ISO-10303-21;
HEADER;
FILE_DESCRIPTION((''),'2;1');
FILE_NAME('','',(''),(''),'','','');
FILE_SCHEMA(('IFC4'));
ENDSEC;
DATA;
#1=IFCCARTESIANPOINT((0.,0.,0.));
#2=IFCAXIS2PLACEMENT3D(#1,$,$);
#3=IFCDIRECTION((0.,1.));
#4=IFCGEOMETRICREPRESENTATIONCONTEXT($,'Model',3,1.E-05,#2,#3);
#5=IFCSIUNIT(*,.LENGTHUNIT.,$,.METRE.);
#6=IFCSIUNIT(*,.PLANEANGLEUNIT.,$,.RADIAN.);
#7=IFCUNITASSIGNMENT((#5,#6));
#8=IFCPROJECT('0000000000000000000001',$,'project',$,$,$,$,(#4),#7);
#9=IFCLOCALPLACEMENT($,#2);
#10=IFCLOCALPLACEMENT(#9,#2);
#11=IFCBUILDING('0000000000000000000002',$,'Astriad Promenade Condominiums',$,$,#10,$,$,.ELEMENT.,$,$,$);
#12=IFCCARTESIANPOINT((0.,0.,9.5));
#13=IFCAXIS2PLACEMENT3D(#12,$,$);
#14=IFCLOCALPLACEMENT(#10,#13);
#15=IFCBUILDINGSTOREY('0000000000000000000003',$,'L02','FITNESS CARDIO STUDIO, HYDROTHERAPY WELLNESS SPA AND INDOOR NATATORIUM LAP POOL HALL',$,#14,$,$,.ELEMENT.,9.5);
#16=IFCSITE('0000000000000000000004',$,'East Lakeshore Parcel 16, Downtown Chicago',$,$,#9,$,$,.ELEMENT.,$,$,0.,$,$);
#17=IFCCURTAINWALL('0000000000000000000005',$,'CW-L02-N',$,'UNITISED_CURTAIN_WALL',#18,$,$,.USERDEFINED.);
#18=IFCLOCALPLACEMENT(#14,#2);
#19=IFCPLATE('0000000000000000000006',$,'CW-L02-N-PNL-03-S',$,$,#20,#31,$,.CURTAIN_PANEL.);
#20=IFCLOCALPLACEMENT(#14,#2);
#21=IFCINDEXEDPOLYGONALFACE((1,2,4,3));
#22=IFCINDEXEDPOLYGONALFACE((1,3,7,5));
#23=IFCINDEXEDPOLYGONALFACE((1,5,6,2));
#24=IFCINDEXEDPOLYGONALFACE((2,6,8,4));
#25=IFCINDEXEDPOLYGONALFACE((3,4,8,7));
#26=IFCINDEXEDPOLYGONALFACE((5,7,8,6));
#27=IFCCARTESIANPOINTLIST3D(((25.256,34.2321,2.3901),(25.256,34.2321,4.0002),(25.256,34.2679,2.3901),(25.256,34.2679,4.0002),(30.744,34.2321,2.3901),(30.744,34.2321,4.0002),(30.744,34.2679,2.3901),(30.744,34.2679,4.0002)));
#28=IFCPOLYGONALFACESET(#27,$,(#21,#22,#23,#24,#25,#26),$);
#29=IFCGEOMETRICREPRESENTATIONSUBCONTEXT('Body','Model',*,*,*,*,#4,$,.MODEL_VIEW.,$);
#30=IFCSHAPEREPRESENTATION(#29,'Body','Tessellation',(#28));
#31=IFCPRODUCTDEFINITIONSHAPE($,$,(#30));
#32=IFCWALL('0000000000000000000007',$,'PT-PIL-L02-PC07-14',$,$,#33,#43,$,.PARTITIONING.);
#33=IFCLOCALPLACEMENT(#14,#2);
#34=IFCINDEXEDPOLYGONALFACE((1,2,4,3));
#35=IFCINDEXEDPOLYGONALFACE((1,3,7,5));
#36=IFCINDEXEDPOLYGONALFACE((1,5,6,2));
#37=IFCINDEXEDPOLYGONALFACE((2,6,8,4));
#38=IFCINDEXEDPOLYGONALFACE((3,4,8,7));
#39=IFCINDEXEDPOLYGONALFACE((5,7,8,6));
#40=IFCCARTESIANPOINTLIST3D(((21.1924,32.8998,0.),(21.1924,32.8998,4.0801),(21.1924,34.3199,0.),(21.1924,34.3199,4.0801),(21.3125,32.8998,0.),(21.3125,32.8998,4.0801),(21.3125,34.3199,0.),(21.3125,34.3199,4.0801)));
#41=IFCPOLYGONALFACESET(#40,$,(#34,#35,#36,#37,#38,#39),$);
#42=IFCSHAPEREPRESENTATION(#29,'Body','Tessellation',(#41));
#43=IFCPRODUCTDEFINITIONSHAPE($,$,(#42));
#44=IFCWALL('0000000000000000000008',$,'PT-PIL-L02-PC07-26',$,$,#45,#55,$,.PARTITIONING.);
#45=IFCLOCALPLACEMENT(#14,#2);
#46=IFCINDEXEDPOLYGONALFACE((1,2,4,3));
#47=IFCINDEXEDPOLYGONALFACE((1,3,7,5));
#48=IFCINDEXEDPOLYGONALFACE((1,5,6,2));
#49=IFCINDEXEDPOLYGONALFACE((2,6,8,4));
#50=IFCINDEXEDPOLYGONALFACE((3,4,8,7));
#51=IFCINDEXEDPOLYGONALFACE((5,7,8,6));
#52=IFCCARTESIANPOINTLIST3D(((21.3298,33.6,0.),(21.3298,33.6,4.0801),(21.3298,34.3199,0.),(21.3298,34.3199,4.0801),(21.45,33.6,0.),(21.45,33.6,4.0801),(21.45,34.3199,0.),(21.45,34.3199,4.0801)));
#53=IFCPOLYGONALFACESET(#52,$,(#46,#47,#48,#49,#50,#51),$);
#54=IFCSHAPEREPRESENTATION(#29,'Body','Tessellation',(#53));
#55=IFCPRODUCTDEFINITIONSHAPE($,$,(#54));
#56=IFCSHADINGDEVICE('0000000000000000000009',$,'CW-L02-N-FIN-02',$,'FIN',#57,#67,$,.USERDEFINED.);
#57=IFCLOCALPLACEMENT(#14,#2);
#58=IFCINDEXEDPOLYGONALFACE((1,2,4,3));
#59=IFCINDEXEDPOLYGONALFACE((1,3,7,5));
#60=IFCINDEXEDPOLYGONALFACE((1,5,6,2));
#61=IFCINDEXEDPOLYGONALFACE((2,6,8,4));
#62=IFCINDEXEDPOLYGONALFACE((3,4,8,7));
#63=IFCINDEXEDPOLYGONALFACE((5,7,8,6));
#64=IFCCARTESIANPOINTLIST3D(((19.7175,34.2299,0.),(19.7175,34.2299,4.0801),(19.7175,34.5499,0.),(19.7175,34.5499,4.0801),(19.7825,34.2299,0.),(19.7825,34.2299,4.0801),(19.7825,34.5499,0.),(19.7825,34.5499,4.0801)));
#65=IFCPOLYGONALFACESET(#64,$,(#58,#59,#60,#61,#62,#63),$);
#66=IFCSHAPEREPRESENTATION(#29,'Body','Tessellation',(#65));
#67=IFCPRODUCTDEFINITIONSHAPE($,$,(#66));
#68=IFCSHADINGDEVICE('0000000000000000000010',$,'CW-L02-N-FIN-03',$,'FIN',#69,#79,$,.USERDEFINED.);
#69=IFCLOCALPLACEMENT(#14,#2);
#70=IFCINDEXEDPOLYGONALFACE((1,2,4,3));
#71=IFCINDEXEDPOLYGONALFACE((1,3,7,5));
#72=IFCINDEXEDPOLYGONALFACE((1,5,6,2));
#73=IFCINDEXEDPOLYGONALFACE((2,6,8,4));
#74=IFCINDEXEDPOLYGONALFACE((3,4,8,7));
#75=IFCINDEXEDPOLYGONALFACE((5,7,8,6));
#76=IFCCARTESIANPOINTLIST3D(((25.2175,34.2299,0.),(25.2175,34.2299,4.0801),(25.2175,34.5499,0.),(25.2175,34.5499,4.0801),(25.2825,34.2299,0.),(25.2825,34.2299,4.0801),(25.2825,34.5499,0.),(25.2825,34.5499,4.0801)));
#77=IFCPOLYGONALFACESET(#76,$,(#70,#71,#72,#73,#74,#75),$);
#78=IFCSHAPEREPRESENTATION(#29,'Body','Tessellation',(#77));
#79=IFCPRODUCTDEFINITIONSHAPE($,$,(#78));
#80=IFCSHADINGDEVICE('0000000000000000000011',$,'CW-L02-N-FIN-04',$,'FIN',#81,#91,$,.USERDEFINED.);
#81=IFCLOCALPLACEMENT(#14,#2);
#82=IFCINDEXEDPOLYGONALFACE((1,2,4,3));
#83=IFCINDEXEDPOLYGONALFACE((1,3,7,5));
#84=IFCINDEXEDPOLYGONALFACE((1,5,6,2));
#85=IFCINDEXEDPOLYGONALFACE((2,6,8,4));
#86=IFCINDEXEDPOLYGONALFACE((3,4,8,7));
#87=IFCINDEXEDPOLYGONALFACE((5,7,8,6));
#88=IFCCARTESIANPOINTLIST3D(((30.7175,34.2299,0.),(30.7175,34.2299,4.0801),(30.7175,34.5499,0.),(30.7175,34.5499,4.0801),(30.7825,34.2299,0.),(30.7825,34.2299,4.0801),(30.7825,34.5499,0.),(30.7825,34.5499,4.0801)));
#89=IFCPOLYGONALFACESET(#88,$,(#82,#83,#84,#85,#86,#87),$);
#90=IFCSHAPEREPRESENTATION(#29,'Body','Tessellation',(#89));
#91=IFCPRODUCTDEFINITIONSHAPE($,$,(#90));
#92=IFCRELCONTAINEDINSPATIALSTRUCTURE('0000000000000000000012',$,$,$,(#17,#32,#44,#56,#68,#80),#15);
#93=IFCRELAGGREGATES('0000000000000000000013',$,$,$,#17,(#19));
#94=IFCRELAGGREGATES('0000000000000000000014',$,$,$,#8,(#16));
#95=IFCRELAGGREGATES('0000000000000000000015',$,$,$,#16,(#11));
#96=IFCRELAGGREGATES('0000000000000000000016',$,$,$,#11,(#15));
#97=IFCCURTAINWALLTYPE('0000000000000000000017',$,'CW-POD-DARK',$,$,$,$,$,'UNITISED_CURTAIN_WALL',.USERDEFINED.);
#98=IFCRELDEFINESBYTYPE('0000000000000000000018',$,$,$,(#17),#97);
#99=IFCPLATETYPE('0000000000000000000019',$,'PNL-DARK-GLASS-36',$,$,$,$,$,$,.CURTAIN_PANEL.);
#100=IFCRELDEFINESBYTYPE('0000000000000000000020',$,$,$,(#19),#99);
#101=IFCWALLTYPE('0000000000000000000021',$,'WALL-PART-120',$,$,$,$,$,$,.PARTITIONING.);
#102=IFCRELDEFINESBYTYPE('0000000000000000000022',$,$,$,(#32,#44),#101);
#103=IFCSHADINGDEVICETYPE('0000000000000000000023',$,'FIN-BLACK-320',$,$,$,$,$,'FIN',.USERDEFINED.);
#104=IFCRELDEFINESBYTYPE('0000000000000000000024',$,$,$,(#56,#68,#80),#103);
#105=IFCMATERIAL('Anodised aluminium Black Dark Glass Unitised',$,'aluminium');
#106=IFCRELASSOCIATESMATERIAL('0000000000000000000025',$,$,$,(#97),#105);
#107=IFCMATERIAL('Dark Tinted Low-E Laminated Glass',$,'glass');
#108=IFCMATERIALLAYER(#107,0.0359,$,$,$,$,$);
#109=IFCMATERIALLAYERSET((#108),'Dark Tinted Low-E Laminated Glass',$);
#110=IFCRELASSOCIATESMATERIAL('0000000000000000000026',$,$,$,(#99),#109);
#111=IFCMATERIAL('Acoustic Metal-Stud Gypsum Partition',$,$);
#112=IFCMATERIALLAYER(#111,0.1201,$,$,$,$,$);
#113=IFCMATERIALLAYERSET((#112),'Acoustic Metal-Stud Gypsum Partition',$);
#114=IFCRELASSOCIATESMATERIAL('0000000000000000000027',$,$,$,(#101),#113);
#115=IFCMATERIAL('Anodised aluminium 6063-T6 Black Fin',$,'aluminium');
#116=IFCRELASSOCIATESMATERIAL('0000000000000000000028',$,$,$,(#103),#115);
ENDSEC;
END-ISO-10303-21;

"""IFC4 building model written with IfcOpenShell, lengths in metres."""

from ifc_helpers import new_model, si_unit, direction, frame, frame_2d, origin, origin_2d, place, context, subcontext, project, spatial, rectangle, extrude, source, transform, mapped, material, layer, layer_set, type_object, type_shapes, element, aggregate, save


model = new_model("IFC4")

# Units and contexts
model_context = context("Model", 3, precision=1e-05, world=origin(), true_north=direction((0.0, 1.0)))
body_context = subcontext(model_context, "Body", "Model", "MODEL_VIEW")
ifc_project = project(units=[si_unit("LENGTHUNIT", "METRE"), si_unit("PLANEANGLEUNIT", "RADIAN")], contexts=[model_context])

# Site, building, storey
site_placement = place(None, origin())
site = spatial("IfcSite", under=ifc_project, at=site_placement, Name="East Lakeshore Parcel 16, Downtown Chicago", CompositionType="ELEMENT", RefElevation=0.0)
building_placement = place(site_placement, origin())
building = spatial("IfcBuilding", under=site, at=building_placement, Name="Astriad Promenade Condominiums", CompositionType="ELEMENT")
storey_placement = place(building_placement, frame((0.0, 0.0, 9.5)))
storey = spatial("IfcBuildingStorey", under=building, at=storey_placement, Name="L02", Description="FITNESS CARDIO STUDIO, HYDROTHERAPY WELLNESS SPA AND INDOOR NATATORIUM LAP POOL HALL", CompositionType="ELEMENT", Elevation=9.5)

# Curtain wall
ifc_material_1 = material(Name="Anodised aluminium Black Dark Glass Unitised", Category="aluminium")
curtain_wall_type = type_object("IfcCurtainWallType", Name="CW-POD-DARK", ElementType="UNITISED_CURTAIN_WALL", PredefinedType="USERDEFINED", material=ifc_material_1)
curtain_wall_placement = place(storey_placement, origin())
curtain_wall = element("IfcCurtainWall", 1, at=curtain_wall_placement, inside=storey, type_object=curtain_wall_type, Name="CW-L02-N", ObjectType="UNITISED_CURTAIN_WALL", PredefinedType="USERDEFINED")

# Plate
ifc_material_2 = material(Name="Dark Tinted Low-E Laminated Glass", Category="glass")
ifc_layer_1 = layer(ifc_material_2, 0.0359)
ifc_layer_set_1 = layer_set([ifc_layer_1], Name="Dark Tinted Low-E Laminated Glass")
plate_type_1 = type_object("IfcPlateType", Name="PNL-DARK-GLASS-36", PredefinedType="CURTAIN_PANEL", material=ifc_layer_set_1)
shared_shape_1 = source(origin(), body_context, "Body", "SweptSolid", [
    extrude(rectangle(XDim=5.488, YDim=0.0359, at=origin_2d()), origin(), (0.0, 0.0, 1.0), 1.6101),
])
plate_1_placement = place(storey_placement, frame((28.0, 34.25, 2.3901), z_axis=(0.0, 0.0, 1.0), x_axis=(1.0, 0.0, 0.0)))
plate_1 = element("IfcPlate", 2, at=plate_1_placement, type_object=plate_type_1, Name="CW-L02-N-PNL-03-S", PredefinedType="CURTAIN_PANEL", context=body_context, shape_type="MappedRepresentation", body=[
    mapped(shared_shape_1, transform((0.0, 0.0, 0.0), scale=1.0)),
])
aggregate(curtain_wall, [plate_1])

# Walls
ifc_material_3 = material(Name="Acoustic Metal-Stud Gypsum Partition")
ifc_layer_2 = layer(ifc_material_3, 0.1201)
ifc_layer_set_2 = layer_set([ifc_layer_2], Name="Acoustic Metal-Stud Gypsum Partition")
wall_type = type_object("IfcWallType", Name="WALL-PART-120", PredefinedType="PARTITIONING", material=ifc_layer_set_2)
wall_1_placement = place(storey_placement, frame((21.2524, 32.8999, 0.0), z_axis=(0.0, 0.0, 1.0), x_axis=(0.0, 1.0, 0.0)))
element("IfcWall", 3, at=wall_1_placement, inside=storey, type_object=wall_type, Name="PT-PIL-L02-PC07-14", PredefinedType="PARTITIONING", context=body_context, shape_type="SweptSolid", body=[
    extrude(rectangle(XDim=1.4202, YDim=0.1201, at=frame_2d((0.71, 0.0))), origin(), (0.0, 0.0, 1.0), 4.0801),
])
wall_2_placement = place(storey_placement, frame((21.3899, 33.6001, 0.0), z_axis=(0.0, 0.0, 1.0), x_axis=(0.0, 1.0, 0.0)))
element("IfcWall", 4, at=wall_2_placement, inside=storey, type_object=wall_type, Name="PT-PIL-L02-PC07-26", PredefinedType="PARTITIONING", context=body_context, shape_type="SweptSolid", body=[
    extrude(rectangle(XDim=0.72, YDim=0.1201, at=frame_2d((0.3599, 0.0))), origin(), (0.0, 0.0, 1.0), 4.0801),
])

# Shading devices
ifc_material_4 = material(Name="Anodised aluminium 6063-T6 Black Fin", Category="aluminium")
shading_device_type = type_object("IfcShadingDeviceType", Name="FIN-BLACK-320", ElementType="FIN", PredefinedType="USERDEFINED", material=ifc_material_4)
shared_shape_2 = source(origin(), body_context, "Body", "SweptSolid", [
    extrude(rectangle(XDim=0.0649, YDim=0.3201, at=origin_2d()), origin(), (0.0, 0.0, 1.0), 4.0801),
])
type_shapes(shading_device_type, [shared_shape_2])
for number, where, z_axis, x_axis, name in (
    (5, (19.75, 34.3899, 0.0), (0.0, 0.0, 1.0), (1.0, 0.0, 0.0), "CW-L02-N-FIN-02"),
    (6, (25.25, 34.3899, 0.0), (0.0, 0.0, 1.0), (1.0, 0.0, 0.0), "CW-L02-N-FIN-03"),
    (7, (30.75, 34.3899, 0.0), (0.0, 0.0, 1.0), (1.0, 0.0, 0.0), "CW-L02-N-FIN-04"),
):
    element("IfcShadingDevice", number, at=place(storey_placement, frame(where, z_axis=z_axis, x_axis=x_axis)), inside=storey, type_object=shading_device_type, Name=name, ObjectType="FIN", PredefinedType="USERDEFINED", context=body_context, shape_type="MappedRepresentation", body=[
        mapped(shared_shape_2, transform((0.0, 0.0, 0.0), scale=1.0)),
    ])

save(model, "model.ifc")
